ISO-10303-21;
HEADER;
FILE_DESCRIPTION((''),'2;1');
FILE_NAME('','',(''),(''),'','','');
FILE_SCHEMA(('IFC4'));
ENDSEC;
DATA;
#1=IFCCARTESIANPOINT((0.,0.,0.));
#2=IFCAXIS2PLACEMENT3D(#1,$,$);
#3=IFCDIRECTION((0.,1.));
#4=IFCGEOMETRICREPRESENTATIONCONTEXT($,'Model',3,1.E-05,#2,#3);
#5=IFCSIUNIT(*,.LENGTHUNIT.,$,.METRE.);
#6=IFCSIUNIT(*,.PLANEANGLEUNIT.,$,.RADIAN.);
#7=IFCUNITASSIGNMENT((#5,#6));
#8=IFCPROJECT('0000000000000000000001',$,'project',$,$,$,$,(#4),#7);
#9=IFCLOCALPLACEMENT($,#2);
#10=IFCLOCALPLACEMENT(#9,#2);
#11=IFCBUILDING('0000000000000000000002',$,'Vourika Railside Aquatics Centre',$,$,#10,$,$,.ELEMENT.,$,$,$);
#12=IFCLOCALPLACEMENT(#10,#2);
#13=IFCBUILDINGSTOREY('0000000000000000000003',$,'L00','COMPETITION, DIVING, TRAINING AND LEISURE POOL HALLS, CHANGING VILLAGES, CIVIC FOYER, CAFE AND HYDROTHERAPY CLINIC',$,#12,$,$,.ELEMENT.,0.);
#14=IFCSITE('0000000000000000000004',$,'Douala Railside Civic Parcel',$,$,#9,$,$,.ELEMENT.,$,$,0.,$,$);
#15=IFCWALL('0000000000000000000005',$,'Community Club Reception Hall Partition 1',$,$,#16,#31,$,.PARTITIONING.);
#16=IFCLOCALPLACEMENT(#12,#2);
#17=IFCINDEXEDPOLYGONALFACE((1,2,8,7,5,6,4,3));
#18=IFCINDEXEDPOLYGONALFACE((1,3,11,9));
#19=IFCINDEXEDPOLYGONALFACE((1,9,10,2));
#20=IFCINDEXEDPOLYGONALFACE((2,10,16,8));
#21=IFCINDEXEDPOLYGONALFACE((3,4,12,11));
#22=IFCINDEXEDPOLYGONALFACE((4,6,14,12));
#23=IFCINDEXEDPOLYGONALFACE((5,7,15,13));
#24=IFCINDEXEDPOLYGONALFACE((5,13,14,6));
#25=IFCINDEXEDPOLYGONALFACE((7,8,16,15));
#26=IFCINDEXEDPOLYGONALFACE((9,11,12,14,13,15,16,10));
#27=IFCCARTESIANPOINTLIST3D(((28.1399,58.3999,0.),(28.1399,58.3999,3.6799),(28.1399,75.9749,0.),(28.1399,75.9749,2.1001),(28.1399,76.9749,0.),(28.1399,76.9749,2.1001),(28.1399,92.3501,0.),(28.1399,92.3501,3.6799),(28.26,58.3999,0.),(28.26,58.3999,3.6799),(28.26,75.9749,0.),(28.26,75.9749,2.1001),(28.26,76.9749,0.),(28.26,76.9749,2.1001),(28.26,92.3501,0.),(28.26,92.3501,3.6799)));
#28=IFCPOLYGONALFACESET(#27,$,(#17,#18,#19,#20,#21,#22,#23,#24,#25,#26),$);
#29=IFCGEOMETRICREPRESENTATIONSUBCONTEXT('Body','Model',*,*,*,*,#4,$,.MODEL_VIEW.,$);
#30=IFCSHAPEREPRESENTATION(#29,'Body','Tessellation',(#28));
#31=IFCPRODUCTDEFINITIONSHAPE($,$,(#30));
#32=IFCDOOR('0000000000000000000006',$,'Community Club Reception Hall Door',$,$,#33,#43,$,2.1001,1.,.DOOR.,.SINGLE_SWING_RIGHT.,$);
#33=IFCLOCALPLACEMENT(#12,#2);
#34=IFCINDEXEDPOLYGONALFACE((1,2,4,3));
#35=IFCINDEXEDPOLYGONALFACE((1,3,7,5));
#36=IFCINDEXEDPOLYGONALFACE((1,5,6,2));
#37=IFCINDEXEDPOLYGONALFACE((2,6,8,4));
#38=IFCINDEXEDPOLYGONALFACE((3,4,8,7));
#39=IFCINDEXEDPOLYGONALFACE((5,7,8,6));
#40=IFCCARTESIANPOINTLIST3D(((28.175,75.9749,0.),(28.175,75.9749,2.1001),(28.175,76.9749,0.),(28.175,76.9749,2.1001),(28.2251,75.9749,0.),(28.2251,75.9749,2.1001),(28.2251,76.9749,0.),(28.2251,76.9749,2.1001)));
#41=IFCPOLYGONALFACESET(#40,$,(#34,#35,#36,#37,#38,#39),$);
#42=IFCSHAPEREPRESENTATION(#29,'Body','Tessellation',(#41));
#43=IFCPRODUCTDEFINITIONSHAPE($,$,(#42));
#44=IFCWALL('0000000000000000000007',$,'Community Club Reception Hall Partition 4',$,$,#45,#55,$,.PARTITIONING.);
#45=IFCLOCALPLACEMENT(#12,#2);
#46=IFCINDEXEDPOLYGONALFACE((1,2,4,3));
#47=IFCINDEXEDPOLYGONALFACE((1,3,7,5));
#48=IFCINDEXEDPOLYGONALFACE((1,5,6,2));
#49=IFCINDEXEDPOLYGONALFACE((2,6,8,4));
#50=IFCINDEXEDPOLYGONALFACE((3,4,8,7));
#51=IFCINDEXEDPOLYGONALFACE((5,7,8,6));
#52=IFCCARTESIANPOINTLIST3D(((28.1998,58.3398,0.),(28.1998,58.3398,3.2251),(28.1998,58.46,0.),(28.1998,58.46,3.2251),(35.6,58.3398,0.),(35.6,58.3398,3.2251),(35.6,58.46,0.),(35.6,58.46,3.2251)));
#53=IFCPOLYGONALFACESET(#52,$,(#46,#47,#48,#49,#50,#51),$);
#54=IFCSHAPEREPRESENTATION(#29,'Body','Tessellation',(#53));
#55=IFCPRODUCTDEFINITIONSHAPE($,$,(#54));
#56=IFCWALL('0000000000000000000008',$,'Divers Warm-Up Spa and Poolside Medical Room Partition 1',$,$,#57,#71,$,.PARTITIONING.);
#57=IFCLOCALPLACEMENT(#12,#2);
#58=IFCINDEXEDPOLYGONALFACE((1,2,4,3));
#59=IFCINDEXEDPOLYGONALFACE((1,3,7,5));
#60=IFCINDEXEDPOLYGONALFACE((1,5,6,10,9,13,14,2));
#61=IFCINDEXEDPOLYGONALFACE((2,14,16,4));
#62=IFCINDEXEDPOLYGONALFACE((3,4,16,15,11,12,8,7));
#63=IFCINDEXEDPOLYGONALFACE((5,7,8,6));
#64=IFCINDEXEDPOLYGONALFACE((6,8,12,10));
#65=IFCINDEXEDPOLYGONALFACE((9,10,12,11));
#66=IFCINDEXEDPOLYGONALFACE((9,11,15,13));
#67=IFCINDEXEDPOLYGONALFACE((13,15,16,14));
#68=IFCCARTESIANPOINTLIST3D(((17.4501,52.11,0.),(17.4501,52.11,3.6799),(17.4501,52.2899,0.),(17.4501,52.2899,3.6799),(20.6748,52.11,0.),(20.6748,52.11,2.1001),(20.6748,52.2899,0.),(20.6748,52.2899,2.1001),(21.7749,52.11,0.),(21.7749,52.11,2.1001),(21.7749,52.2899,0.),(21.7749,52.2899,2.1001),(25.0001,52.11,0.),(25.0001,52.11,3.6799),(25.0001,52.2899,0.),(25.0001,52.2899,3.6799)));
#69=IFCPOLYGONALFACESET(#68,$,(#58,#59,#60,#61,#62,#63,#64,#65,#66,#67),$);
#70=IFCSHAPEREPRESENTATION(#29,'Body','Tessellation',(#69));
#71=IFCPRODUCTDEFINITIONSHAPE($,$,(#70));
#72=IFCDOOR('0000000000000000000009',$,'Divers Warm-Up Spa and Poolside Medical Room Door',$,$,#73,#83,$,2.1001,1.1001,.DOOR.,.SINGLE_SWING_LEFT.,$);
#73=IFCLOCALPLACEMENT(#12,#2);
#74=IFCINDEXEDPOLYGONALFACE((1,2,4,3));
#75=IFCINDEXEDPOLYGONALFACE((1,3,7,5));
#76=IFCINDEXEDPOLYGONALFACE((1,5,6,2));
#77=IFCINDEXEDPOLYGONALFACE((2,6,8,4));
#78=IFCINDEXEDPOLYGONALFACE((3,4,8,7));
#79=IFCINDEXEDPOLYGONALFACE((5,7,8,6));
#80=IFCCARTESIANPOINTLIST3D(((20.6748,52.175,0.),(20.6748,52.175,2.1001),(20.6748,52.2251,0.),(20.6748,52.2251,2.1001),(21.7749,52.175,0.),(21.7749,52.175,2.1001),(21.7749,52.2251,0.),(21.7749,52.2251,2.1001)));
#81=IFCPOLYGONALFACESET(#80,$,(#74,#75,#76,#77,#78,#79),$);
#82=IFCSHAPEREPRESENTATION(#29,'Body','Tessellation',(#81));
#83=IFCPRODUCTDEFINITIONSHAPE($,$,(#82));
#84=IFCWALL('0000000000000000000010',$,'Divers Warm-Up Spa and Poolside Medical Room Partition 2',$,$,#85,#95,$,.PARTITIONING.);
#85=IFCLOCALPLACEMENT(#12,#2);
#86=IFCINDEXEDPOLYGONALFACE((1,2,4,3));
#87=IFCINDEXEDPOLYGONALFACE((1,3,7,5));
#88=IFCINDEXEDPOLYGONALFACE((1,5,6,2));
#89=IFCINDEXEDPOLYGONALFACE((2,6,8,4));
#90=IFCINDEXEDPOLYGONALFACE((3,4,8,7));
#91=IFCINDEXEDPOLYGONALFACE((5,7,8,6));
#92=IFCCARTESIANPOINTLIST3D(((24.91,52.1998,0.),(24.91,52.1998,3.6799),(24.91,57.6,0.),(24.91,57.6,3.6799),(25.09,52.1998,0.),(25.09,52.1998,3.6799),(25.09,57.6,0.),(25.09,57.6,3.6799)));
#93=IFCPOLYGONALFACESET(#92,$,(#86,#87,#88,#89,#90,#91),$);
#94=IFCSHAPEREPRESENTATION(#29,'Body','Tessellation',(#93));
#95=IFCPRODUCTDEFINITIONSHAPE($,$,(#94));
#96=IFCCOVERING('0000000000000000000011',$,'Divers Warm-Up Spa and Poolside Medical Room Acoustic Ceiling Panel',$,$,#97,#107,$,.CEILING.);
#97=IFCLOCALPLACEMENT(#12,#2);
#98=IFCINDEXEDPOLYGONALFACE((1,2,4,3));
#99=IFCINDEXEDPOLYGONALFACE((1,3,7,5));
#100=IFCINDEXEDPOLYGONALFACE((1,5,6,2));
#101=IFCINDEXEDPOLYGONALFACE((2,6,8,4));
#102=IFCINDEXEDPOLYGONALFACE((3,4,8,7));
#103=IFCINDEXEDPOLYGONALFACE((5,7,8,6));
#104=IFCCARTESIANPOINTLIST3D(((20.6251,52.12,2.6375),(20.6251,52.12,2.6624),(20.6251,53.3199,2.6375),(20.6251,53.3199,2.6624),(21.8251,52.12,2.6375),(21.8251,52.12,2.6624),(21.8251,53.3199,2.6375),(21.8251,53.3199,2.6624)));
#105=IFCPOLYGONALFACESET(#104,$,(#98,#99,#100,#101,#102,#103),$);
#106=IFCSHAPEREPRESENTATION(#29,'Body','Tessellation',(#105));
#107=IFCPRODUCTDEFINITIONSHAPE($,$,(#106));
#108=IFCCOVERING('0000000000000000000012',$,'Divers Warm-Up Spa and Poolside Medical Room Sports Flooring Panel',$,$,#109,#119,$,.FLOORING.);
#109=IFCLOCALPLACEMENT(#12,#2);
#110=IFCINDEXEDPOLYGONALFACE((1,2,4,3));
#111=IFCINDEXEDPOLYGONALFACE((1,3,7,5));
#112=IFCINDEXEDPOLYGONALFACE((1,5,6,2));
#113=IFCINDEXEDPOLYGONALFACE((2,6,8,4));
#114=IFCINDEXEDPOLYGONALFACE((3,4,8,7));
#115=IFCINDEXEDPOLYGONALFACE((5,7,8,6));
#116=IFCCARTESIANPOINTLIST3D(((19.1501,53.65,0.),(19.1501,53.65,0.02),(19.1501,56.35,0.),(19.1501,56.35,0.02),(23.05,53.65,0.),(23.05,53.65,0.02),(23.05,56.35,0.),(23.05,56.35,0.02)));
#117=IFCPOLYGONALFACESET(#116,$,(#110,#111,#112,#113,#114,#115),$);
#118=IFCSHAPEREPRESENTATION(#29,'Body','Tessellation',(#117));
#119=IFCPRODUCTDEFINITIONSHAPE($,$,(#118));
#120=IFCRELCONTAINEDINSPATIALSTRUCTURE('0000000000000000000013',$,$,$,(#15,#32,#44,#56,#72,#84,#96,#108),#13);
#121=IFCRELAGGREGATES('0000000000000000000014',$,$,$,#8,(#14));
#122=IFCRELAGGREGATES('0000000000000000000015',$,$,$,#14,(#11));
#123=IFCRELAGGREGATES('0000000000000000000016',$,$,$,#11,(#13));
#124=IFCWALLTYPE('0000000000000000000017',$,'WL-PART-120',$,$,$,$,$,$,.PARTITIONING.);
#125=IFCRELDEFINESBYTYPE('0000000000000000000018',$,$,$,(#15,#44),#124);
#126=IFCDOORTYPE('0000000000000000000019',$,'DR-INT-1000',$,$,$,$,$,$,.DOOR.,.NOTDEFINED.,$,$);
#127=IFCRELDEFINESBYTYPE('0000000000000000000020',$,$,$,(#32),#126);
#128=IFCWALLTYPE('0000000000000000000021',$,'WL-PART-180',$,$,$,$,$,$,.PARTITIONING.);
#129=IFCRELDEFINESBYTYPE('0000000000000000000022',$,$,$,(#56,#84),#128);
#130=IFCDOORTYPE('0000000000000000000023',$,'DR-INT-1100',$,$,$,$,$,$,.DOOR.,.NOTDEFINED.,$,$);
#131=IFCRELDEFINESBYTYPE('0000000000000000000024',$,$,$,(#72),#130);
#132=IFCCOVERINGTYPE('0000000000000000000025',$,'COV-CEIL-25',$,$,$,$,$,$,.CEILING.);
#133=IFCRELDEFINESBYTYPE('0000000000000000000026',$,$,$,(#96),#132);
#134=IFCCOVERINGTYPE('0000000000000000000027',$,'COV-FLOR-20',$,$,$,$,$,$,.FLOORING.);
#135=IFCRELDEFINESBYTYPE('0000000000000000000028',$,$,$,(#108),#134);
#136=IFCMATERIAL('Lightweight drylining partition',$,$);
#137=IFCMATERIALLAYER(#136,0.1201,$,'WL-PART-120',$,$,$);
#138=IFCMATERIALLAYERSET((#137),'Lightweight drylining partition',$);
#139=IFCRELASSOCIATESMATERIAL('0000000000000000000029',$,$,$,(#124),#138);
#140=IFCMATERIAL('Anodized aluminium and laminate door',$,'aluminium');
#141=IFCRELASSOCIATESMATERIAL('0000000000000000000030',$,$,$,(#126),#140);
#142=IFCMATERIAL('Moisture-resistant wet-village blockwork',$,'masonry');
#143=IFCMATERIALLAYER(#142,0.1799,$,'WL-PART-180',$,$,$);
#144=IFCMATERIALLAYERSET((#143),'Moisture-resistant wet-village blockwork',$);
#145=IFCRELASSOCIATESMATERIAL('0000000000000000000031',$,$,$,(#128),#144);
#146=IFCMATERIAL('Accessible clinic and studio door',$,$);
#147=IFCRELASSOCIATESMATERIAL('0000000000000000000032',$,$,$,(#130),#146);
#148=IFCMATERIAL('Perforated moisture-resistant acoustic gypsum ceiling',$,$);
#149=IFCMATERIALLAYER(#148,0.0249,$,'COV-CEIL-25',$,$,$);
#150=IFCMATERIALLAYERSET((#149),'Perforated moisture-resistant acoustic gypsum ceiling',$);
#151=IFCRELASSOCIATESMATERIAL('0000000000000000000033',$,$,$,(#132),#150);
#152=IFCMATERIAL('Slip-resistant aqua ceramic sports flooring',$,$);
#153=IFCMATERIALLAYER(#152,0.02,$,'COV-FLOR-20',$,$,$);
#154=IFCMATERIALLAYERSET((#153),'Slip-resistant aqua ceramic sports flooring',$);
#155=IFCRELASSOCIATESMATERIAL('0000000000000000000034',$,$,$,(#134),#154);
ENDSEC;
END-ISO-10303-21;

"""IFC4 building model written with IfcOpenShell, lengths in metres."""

from ifc_helpers import new_model, si_unit, direction, frame, frame_2d, origin, origin_2d, place, context, subcontext, project, spatial, rectangle, extrude, material, layer, layer_set, type_object, element, fill, save


model = new_model("IFC4")

# Units and contexts
model_context = context("Model", 3, precision=1e-05, world=origin(), true_north=direction((0.0, 1.0)))
body_context = subcontext(model_context, "Body", "Model", "MODEL_VIEW")
ifc_project = project(units=[si_unit("LENGTHUNIT", "METRE"), si_unit("PLANEANGLEUNIT", "RADIAN")], contexts=[model_context])

# Site, building, storey
site_placement = place(None, origin())
site = spatial("IfcSite", under=ifc_project, at=site_placement, Name="Douala Railside Civic Parcel", CompositionType="ELEMENT", RefElevation=0.0)
building_placement = place(site_placement, origin())
building = spatial("IfcBuilding", under=site, at=building_placement, Name="Vourika Railside Aquatics Centre", CompositionType="ELEMENT")
storey_placement = place(building_placement, origin())
storey = spatial("IfcBuildingStorey", under=building, at=storey_placement, Name="L00", Description="COMPETITION, DIVING, TRAINING AND LEISURE POOL HALLS, CHANGING VILLAGES, CIVIC FOYER, CAFE AND HYDROTHERAPY CLINIC", CompositionType="ELEMENT", Elevation=0.0)

# Shared definitions
ifc_material_1 = material(Name="Lightweight drylining partition")
ifc_layer_1 = layer(ifc_material_1, 0.1201, Name="WL-PART-120")
ifc_layer_set_1 = layer_set([ifc_layer_1], Name="Lightweight drylining partition")
wall_type_1 = type_object("IfcWallType", Name="WL-PART-120", PredefinedType="PARTITIONING", material=ifc_layer_set_1)

# Wall, opening, door
wall_1_placement = place(storey_placement, frame((28.2, 58.3999, 0.0), z_axis=(0.0, 0.0, 1.0), x_axis=(0.0, 1.0, 0.0)))
wall_1 = element("IfcWall", 1, at=wall_1_placement, inside=storey, type_object=wall_type_1, Name="Community Club Reception Hall Partition 1", PredefinedType="PARTITIONING", context=body_context, shape_type="SweptSolid", body=[
    extrude(rectangle(XDim=33.9502, YDim=0.1201, at=frame_2d((16.9751, 0.0))), origin(), (0.0, 0.0, 1.0), 3.6799),
])
opening_1_placement = place(wall_1_placement, frame((17.575, 0.0, 0.0)))
opening_1 = element("IfcOpeningElement", 2, at=opening_1_placement, cuts=wall_1, PredefinedType="OPENING", context=body_context, shape_type="SweptSolid", body=[
    extrude(rectangle(XDim=1.0, YDim=2.1001, at=frame_2d((0.5, 1.05))), frame((0.0, 0.0701, 0.0), z_axis=(0.0, -1.0, 0.0), x_axis=(1.0, 0.0, 0.0)), (0.0, 0.0, 1.0), 0.1401),
])
ifc_material_2 = material(Name="Anodized aluminium and laminate door", Category="aluminium")
door_type_1 = type_object("IfcDoorType", Name="DR-INT-1000", OperationType="NOTDEFINED", PredefinedType="DOOR", material=ifc_material_2)
door_1_placement = place(opening_1_placement, origin())
door_1 = element("IfcDoor", 3, at=door_1_placement, inside=storey, type_object=door_type_1, Name="Community Club Reception Hall Door", OperationType="SINGLE_SWING_RIGHT", OverallHeight=2.1001, OverallWidth=1.0, PredefinedType="DOOR", context=body_context, shape_type="SweptSolid", body=[
    extrude(rectangle(XDim=1.0, YDim=2.1001, at=frame_2d((0.5, 1.05))), frame((0.0, 0.0249, 0.0), z_axis=(0.0, -1.0, 0.0), x_axis=(1.0, 0.0, 0.0)), (0.0, 0.0, 1.0), 0.05),
])
fill(opening_1, door_1)

# Wall
wall_2_placement = place(storey_placement, frame((35.6001, 58.3999, 0.0), z_axis=(0.0, 0.0, 1.0), x_axis=(-1.0, 0.0, 0.0)))
element("IfcWall", 4, at=wall_2_placement, inside=storey, type_object=wall_type_1, Name="Community Club Reception Hall Partition 4", PredefinedType="PARTITIONING", context=body_context, shape_type="SweptSolid", body=[
    extrude(rectangle(XDim=7.4001, YDim=0.1201, at=frame_2d((3.7002, 0.0))), origin(), (0.0, 0.0, 1.0), 3.2251),
])

# Wall, opening, door
ifc_material_3 = material(Name="Moisture-resistant wet-village blockwork", Category="masonry")
ifc_layer_2 = layer(ifc_material_3, 0.1799, Name="WL-PART-180")
ifc_layer_set_2 = layer_set([ifc_layer_2], Name="Moisture-resistant wet-village blockwork")
wall_type_2 = type_object("IfcWallType", Name="WL-PART-180", PredefinedType="PARTITIONING", material=ifc_layer_set_2)
wall_3_placement = place(storey_placement, frame((25.0, 52.2, 0.0), z_axis=(0.0, 0.0, 1.0), x_axis=(-1.0, 0.0, 0.0)))
wall_3 = element("IfcWall", 5, at=wall_3_placement, inside=storey, type_object=wall_type_2, Name="Divers Warm-Up Spa and Poolside Medical Room Partition 1", PredefinedType="PARTITIONING", context=body_context, shape_type="SweptSolid", body=[
    extrude(rectangle(XDim=7.55, YDim=0.1799, at=frame_2d((3.7749, 0.0))), origin(), (0.0, 0.0, 1.0), 3.6799),
])
opening_2_placement = place(wall_3_placement, frame((3.2251, 0.0, 0.0)))
opening_2 = element("IfcOpeningElement", 6, at=opening_2_placement, cuts=wall_3, PredefinedType="OPENING", context=body_context, shape_type="SweptSolid", body=[
    extrude(rectangle(XDim=1.1001, YDim=2.1001, at=frame_2d((0.55, 1.05))), frame((0.0, 0.1001, 0.0), z_axis=(0.0, -1.0, 0.0), x_axis=(1.0, 0.0, 0.0)), (0.0, 0.0, 1.0), 0.2),
])
ifc_material_4 = material(Name="Accessible clinic and studio door")
door_type_2 = type_object("IfcDoorType", Name="DR-INT-1100", OperationType="NOTDEFINED", PredefinedType="DOOR", material=ifc_material_4)
door_2_placement = place(opening_2_placement, origin())
door_2 = element("IfcDoor", 7, at=door_2_placement, inside=storey, type_object=door_type_2, Name="Divers Warm-Up Spa and Poolside Medical Room Door", OperationType="SINGLE_SWING_LEFT", OverallHeight=2.1001, OverallWidth=1.1001, PredefinedType="DOOR", context=body_context, shape_type="SweptSolid", body=[
    extrude(rectangle(XDim=1.1001, YDim=2.1001, at=frame_2d((0.55, 1.05))), frame((0.0, 0.0249, 0.0), z_axis=(0.0, -1.0, 0.0), x_axis=(1.0, 0.0, 0.0)), (0.0, 0.0, 1.0), 0.05),
])
fill(opening_2, door_2)

# Wall
wall_4_placement = place(storey_placement, frame((25.0, 57.6001, 0.0), z_axis=(0.0, 0.0, 1.0), x_axis=(0.0, -1.0, 0.0)))
element("IfcWall", 8, at=wall_4_placement, inside=storey, type_object=wall_type_2, Name="Divers Warm-Up Spa and Poolside Medical Room Partition 2", PredefinedType="PARTITIONING", context=body_context, shape_type="SweptSolid", body=[
    extrude(rectangle(XDim=5.4001, YDim=0.1799, at=frame_2d((2.7002, 0.0))), origin(), (0.0, 0.0, 1.0), 3.6799),
])

# Coverings
ifc_material_5 = material(Name="Perforated moisture-resistant acoustic gypsum ceiling")
ifc_layer_3 = layer(ifc_material_5, 0.0249, Name="COV-CEIL-25")
ifc_layer_set_3 = layer_set([ifc_layer_3], Name="Perforated moisture-resistant acoustic gypsum ceiling")
covering_type_1 = type_object("IfcCoveringType", Name="COV-CEIL-25", PredefinedType="CEILING", material=ifc_layer_set_3)
covering_1_placement = place(storey_placement, frame((21.2251, 52.72, 2.6375), z_axis=(0.0, 0.0, 1.0), x_axis=(1.0, 0.0, 0.0)))
element("IfcCovering", 9, at=covering_1_placement, inside=storey, type_object=covering_type_1, Name="Divers Warm-Up Spa and Poolside Medical Room Acoustic Ceiling Panel", PredefinedType="CEILING", context=body_context, shape_type="SweptSolid", body=[
    extrude(rectangle(XDim=1.2, YDim=1.2, at=origin_2d()), origin(), (0.0, 0.0, 1.0), 0.0249),
])
ifc_material_6 = material(Name="Slip-resistant aqua ceramic sports flooring")
ifc_layer_4 = layer(ifc_material_6, 0.02, Name="COV-FLOR-20")
ifc_layer_set_4 = layer_set([ifc_layer_4], Name="Slip-resistant aqua ceramic sports flooring")
covering_type_2 = type_object("IfcCoveringType", Name="COV-FLOR-20", PredefinedType="FLOORING", material=ifc_layer_set_4)
covering_2_placement = place(storey_placement, frame((21.1001, 55.0, 0.0), z_axis=(0.0, 0.0, 1.0), x_axis=(1.0, 0.0, 0.0)))
element("IfcCovering", 10, at=covering_2_placement, inside=storey, type_object=covering_type_2, Name="Divers Warm-Up Spa and Poolside Medical Room Sports Flooring Panel", PredefinedType="FLOORING", context=body_context, shape_type="SweptSolid", body=[
    extrude(rectangle(XDim=3.8999, YDim=2.7, at=origin_2d()), origin(), (0.0, 0.0, 1.0), 0.02),
])

save(model, "model.ifc")
